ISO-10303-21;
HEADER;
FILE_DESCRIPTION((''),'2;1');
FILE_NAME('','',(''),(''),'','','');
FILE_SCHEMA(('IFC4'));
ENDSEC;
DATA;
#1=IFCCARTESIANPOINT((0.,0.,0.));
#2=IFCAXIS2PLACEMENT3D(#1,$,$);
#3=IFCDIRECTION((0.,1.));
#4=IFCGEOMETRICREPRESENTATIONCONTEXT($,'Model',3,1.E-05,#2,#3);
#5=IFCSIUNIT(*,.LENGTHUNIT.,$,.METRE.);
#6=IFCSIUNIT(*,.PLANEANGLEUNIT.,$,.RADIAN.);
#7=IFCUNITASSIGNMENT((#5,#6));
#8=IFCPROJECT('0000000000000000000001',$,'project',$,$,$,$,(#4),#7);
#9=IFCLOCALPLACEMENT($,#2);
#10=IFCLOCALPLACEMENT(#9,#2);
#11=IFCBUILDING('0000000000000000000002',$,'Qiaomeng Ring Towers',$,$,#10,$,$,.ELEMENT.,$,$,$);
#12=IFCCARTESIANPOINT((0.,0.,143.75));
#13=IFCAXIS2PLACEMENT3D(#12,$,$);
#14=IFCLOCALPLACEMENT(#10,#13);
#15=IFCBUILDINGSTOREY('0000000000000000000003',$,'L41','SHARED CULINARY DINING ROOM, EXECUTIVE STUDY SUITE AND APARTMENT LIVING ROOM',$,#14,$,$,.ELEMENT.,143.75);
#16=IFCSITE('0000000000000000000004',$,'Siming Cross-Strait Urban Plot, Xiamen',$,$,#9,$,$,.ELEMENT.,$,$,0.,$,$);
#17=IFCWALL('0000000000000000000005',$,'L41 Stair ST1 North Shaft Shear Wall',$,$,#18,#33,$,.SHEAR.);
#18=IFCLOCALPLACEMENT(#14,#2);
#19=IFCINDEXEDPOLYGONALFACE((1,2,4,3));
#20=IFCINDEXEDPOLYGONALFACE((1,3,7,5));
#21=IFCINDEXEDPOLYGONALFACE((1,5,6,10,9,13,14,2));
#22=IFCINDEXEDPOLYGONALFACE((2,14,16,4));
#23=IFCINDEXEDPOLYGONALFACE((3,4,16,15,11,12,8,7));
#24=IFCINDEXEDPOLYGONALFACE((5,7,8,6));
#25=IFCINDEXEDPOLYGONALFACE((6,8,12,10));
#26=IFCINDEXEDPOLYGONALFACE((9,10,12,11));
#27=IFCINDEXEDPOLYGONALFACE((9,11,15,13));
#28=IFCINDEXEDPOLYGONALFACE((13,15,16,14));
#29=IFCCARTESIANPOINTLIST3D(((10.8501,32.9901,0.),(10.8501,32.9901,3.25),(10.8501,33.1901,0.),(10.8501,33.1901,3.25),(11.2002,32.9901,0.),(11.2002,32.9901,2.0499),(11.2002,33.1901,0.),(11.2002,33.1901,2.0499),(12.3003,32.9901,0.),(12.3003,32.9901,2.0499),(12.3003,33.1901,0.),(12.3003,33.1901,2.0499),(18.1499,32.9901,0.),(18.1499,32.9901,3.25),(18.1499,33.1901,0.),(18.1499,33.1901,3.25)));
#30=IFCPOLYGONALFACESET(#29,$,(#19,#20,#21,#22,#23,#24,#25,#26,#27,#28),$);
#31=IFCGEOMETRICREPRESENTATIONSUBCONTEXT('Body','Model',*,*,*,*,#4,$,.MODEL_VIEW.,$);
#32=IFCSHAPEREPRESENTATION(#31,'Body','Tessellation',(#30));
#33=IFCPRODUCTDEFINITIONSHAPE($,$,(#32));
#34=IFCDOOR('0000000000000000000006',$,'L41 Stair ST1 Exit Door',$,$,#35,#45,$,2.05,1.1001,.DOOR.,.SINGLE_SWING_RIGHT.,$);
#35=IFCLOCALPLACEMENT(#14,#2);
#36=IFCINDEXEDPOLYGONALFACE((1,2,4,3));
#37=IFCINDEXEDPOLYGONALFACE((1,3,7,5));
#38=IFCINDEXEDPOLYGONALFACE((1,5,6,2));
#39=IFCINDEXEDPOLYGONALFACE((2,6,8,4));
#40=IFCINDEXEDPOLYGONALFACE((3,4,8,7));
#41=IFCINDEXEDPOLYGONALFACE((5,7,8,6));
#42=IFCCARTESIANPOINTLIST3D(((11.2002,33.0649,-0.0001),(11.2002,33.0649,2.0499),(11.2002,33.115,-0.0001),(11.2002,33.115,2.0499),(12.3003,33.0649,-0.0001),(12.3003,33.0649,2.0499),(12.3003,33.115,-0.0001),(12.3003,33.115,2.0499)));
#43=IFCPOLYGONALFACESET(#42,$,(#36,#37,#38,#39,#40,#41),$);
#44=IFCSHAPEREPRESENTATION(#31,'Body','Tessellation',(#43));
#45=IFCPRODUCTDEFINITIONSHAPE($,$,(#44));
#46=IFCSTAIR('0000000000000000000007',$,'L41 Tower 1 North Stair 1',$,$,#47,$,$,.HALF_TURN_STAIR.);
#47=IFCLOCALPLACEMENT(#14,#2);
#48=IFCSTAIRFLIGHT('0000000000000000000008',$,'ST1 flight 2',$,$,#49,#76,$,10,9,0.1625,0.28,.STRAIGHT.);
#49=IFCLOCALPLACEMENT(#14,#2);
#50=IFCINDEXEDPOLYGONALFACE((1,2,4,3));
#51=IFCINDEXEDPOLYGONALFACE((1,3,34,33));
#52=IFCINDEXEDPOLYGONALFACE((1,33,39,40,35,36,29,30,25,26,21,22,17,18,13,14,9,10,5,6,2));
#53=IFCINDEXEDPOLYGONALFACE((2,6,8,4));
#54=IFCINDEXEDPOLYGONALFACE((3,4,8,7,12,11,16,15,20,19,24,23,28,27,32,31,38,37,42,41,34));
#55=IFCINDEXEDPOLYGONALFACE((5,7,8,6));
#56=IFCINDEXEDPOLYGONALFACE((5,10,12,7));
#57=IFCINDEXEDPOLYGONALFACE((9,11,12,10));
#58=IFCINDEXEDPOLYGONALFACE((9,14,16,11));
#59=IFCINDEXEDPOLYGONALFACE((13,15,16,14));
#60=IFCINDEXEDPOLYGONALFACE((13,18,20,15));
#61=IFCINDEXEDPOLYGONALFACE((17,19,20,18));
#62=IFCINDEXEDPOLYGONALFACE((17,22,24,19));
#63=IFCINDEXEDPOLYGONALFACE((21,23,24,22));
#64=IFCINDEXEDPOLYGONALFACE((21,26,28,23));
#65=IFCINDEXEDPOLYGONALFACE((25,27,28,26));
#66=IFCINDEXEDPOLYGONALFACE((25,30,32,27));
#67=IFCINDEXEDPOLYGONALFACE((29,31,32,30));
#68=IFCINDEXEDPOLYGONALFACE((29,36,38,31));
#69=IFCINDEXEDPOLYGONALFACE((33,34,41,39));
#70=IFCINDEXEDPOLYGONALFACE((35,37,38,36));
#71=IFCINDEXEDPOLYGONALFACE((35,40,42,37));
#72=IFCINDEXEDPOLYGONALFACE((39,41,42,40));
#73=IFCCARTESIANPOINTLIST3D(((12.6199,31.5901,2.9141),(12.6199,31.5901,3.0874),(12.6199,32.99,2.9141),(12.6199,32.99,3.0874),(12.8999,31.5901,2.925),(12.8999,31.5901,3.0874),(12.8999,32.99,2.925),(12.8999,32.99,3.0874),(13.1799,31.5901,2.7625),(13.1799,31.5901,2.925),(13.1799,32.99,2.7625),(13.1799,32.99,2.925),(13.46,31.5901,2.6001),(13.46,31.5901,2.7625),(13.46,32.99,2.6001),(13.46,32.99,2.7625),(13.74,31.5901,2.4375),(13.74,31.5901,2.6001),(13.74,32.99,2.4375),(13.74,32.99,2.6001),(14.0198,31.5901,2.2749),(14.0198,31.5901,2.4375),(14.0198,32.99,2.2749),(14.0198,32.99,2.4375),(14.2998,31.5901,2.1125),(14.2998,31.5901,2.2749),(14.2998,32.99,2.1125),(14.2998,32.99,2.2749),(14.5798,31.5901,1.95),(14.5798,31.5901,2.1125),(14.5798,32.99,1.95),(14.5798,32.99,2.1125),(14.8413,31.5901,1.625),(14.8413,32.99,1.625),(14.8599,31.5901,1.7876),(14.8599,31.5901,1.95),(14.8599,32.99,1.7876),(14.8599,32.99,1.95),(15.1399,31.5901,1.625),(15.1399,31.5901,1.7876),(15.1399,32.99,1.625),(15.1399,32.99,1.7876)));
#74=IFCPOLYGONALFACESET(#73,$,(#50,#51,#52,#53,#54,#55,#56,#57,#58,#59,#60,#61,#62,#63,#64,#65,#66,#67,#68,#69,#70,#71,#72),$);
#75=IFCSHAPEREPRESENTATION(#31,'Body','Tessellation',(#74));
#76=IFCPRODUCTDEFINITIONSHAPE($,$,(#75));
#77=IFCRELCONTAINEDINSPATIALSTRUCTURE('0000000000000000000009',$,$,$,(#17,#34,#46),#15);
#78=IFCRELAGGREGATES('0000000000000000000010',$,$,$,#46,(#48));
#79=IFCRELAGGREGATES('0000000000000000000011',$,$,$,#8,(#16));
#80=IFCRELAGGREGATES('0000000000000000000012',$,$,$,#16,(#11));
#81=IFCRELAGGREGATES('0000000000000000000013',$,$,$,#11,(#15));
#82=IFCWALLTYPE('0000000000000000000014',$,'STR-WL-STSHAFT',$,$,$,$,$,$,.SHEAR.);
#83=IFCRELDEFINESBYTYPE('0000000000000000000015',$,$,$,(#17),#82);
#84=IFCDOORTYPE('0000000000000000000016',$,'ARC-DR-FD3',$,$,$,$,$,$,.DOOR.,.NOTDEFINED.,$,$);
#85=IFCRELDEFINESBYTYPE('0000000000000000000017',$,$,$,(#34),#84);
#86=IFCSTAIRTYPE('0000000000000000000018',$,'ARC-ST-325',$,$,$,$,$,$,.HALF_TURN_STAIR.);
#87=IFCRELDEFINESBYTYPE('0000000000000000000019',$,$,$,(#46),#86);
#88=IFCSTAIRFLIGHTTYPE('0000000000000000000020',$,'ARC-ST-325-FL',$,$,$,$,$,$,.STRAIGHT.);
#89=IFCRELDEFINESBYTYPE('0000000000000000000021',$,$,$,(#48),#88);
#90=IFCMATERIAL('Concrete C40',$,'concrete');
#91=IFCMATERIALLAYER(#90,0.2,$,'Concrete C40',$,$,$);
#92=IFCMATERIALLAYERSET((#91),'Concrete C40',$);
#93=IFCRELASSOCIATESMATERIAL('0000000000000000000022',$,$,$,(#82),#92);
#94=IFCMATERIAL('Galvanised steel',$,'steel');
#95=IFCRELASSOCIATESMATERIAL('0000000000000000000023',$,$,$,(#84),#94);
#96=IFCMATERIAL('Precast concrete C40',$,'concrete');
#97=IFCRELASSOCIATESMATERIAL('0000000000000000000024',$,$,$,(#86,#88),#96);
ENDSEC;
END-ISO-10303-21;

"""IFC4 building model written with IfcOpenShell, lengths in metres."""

from ifc_helpers import new_model, si_unit, direction, frame, frame_2d, origin, place, context, subcontext, project, spatial, polyline, rectangle, outline, extrude, source, transform, mapped, material, layer, layer_set, type_object, element, fill, aggregate, save


model = new_model("IFC4")

# Units and contexts
model_context = context("Model", 3, precision=1e-05, world=origin(), true_north=direction((0.0, 1.0)))
body_context = subcontext(model_context, "Body", "Model", "MODEL_VIEW")
ifc_project = project(units=[si_unit("LENGTHUNIT", "METRE"), si_unit("PLANEANGLEUNIT", "RADIAN")], contexts=[model_context])

# Site, building, storey
site_placement = place(None, origin())
site = spatial("IfcSite", under=ifc_project, at=site_placement, Name="Siming Cross-Strait Urban Plot, Xiamen", CompositionType="ELEMENT", RefElevation=0.0)
building_placement = place(site_placement, origin())
building = spatial("IfcBuilding", under=site, at=building_placement, Name="Qiaomeng Ring Towers", CompositionType="ELEMENT")
storey_placement = place(building_placement, frame((0.0, 0.0, 143.75)))
storey = spatial("IfcBuildingStorey", under=building, at=storey_placement, Name="L41", Description="SHARED CULINARY DINING ROOM, EXECUTIVE STUDY SUITE AND APARTMENT LIVING ROOM", CompositionType="ELEMENT", Elevation=143.75)

# Shared definitions
ifc_material_1 = material(Name="Concrete C40", Category="concrete")
ifc_layer_1 = layer(ifc_material_1, 0.2, Name="Concrete C40")
ifc_layer_set_1 = layer_set([ifc_layer_1], Name="Concrete C40")
wall_type_1 = type_object("IfcWallType", Name="STR-WL-STSHAFT", PredefinedType="SHEAR", material=ifc_layer_set_1)

# Wall, opening, door
wall_1_placement = place(storey_placement, frame((10.8501, 33.0901, 0.0), z_axis=(0.0, 0.0, 1.0), x_axis=(1.0, 0.0, 0.0)))
wall_1 = element("IfcWall", 1, at=wall_1_placement, inside=storey, type_object=wall_type_1, Name="L41 Stair ST1 North Shaft Shear Wall", PredefinedType="SHEAR", context=body_context, shape_type="SweptSolid", body=[
    extrude(rectangle(XDim=7.2998, YDim=0.2, at=frame_2d((3.6499, 0.0))), origin(), (0.0, 0.0, 1.0), 3.25),
])
opening_placement = place(wall_1_placement, frame((0.3501, 0.0, 0.0)))
opening = element("IfcOpeningElement", 2, at=opening_placement, cuts=wall_1, PredefinedType="OPENING", context=body_context, shape_type="SweptSolid", body=[
    extrude(rectangle(XDim=1.1001, YDim=2.05, at=frame_2d((0.55, 1.0249))), frame((0.0, 0.1099, 0.0), z_axis=(0.0, -1.0, 0.0), x_axis=(1.0, 0.0, 0.0)), (0.0, 0.0, 1.0), 0.22),
])
ifc_material_2 = material(Name="Galvanised steel", Category="steel")
door_type = type_object("IfcDoorType", Name="ARC-DR-FD3", OperationType="NOTDEFINED", PredefinedType="DOOR", material=ifc_material_2)
shared_shape_1 = source(origin(), body_context, "Body", "SweptSolid", [
    extrude(rectangle(XDim=1.1001, YDim=2.05, at=frame_2d((0.55, 1.0249))), frame((0.0, 0.0249, 0.0), z_axis=(0.0, -1.0, 0.0), x_axis=(1.0, 0.0, 0.0)), (0.0, 0.0, 1.0), 0.05),
])
door_placement = place(opening_placement, origin())
door = element("IfcDoor", 3, at=door_placement, inside=storey, type_object=door_type, Name="L41 Stair ST1 Exit Door", OperationType="SINGLE_SWING_RIGHT", OverallHeight=2.05, OverallWidth=1.1001, PredefinedType="DOOR", context=body_context, shape_type="MappedRepresentation", body=[
    mapped(shared_shape_1, transform((0.0, 0.0, 0.0), x_axis=(1.0, 0.0, 0.0), y_axis=(0.0, 1.0, 0.0), z_axis=(0.0, 0.0, 1.0), scale=1.0)),
])
fill(opening, door)

# Stair, stair flight
ifc_material_3 = material(Name="Precast concrete C40", Category="concrete")
stair_type = type_object("IfcStairType", Name="ARC-ST-325", PredefinedType="HALF_TURN_STAIR", material=ifc_material_3)
stair_placement = place(storey_placement, origin())
stair = element("IfcStair", 4, at=stair_placement, inside=storey, type_object=stair_type, Name="L41 Tower 1 North Stair 1", PredefinedType="HALF_TURN_STAIR")
stair_flight_type = type_object("IfcStairFlightType", Name="ARC-ST-325-FL", PredefinedType="STRAIGHT", material=ifc_material_3)
shared_shape_2 = source(origin(), body_context, "Body", "SweptSolid", [
    extrude(outline(polyline([(0.0, 0.0), (0.0, 0.1626), (0.28, 0.1626), (0.28, 0.325), (0.5601, 0.325), (0.5601, 0.4875), (0.8401, 0.4875), (0.8401, 0.6499), (1.1201, 0.6499), (1.1201, 0.8125), (1.3999, 0.8125), (1.3999, 0.9751), (1.6799, 0.9751), (1.6799, 1.1375), (1.96, 1.1375), (1.96, 1.3), (2.24, 1.3), (2.24, 1.4624), (2.52, 1.4624), (2.52, 1.625), (2.52, 1.2891), (0.2986, 0.0), (0.0, 0.0)])), frame((0.0, 0.7, 0.0), z_axis=(0.0, -1.0, 0.0), x_axis=(1.0, 0.0, 0.0)), (0.0, 0.0, 1.0), 1.3999),
])
stair_flight_placement = place(storey_placement, frame((15.1399, 32.29, 1.625), z_axis=(0.0, 0.0, 1.0), x_axis=(-1.0, 0.0, 0.0)))
stair_flight = element("IfcStairFlight", 5, at=stair_flight_placement, type_object=stair_flight_type, Name="ST1 flight 2", NumberOfRisers=10, NumberOfTreads=9, PredefinedType="STRAIGHT", RiserHeight=0.1625, TreadLength=0.28, context=body_context, shape_type="MappedRepresentation", body=[
    mapped(shared_shape_2, transform((0.0, 0.0, 0.0), x_axis=(1.0, 0.0, 0.0), y_axis=(0.0, 1.0, 0.0), z_axis=(0.0, 0.0, 1.0), scale=1.0)),
])
aggregate(stair, [stair_flight])

save(model, "model.ifc")
